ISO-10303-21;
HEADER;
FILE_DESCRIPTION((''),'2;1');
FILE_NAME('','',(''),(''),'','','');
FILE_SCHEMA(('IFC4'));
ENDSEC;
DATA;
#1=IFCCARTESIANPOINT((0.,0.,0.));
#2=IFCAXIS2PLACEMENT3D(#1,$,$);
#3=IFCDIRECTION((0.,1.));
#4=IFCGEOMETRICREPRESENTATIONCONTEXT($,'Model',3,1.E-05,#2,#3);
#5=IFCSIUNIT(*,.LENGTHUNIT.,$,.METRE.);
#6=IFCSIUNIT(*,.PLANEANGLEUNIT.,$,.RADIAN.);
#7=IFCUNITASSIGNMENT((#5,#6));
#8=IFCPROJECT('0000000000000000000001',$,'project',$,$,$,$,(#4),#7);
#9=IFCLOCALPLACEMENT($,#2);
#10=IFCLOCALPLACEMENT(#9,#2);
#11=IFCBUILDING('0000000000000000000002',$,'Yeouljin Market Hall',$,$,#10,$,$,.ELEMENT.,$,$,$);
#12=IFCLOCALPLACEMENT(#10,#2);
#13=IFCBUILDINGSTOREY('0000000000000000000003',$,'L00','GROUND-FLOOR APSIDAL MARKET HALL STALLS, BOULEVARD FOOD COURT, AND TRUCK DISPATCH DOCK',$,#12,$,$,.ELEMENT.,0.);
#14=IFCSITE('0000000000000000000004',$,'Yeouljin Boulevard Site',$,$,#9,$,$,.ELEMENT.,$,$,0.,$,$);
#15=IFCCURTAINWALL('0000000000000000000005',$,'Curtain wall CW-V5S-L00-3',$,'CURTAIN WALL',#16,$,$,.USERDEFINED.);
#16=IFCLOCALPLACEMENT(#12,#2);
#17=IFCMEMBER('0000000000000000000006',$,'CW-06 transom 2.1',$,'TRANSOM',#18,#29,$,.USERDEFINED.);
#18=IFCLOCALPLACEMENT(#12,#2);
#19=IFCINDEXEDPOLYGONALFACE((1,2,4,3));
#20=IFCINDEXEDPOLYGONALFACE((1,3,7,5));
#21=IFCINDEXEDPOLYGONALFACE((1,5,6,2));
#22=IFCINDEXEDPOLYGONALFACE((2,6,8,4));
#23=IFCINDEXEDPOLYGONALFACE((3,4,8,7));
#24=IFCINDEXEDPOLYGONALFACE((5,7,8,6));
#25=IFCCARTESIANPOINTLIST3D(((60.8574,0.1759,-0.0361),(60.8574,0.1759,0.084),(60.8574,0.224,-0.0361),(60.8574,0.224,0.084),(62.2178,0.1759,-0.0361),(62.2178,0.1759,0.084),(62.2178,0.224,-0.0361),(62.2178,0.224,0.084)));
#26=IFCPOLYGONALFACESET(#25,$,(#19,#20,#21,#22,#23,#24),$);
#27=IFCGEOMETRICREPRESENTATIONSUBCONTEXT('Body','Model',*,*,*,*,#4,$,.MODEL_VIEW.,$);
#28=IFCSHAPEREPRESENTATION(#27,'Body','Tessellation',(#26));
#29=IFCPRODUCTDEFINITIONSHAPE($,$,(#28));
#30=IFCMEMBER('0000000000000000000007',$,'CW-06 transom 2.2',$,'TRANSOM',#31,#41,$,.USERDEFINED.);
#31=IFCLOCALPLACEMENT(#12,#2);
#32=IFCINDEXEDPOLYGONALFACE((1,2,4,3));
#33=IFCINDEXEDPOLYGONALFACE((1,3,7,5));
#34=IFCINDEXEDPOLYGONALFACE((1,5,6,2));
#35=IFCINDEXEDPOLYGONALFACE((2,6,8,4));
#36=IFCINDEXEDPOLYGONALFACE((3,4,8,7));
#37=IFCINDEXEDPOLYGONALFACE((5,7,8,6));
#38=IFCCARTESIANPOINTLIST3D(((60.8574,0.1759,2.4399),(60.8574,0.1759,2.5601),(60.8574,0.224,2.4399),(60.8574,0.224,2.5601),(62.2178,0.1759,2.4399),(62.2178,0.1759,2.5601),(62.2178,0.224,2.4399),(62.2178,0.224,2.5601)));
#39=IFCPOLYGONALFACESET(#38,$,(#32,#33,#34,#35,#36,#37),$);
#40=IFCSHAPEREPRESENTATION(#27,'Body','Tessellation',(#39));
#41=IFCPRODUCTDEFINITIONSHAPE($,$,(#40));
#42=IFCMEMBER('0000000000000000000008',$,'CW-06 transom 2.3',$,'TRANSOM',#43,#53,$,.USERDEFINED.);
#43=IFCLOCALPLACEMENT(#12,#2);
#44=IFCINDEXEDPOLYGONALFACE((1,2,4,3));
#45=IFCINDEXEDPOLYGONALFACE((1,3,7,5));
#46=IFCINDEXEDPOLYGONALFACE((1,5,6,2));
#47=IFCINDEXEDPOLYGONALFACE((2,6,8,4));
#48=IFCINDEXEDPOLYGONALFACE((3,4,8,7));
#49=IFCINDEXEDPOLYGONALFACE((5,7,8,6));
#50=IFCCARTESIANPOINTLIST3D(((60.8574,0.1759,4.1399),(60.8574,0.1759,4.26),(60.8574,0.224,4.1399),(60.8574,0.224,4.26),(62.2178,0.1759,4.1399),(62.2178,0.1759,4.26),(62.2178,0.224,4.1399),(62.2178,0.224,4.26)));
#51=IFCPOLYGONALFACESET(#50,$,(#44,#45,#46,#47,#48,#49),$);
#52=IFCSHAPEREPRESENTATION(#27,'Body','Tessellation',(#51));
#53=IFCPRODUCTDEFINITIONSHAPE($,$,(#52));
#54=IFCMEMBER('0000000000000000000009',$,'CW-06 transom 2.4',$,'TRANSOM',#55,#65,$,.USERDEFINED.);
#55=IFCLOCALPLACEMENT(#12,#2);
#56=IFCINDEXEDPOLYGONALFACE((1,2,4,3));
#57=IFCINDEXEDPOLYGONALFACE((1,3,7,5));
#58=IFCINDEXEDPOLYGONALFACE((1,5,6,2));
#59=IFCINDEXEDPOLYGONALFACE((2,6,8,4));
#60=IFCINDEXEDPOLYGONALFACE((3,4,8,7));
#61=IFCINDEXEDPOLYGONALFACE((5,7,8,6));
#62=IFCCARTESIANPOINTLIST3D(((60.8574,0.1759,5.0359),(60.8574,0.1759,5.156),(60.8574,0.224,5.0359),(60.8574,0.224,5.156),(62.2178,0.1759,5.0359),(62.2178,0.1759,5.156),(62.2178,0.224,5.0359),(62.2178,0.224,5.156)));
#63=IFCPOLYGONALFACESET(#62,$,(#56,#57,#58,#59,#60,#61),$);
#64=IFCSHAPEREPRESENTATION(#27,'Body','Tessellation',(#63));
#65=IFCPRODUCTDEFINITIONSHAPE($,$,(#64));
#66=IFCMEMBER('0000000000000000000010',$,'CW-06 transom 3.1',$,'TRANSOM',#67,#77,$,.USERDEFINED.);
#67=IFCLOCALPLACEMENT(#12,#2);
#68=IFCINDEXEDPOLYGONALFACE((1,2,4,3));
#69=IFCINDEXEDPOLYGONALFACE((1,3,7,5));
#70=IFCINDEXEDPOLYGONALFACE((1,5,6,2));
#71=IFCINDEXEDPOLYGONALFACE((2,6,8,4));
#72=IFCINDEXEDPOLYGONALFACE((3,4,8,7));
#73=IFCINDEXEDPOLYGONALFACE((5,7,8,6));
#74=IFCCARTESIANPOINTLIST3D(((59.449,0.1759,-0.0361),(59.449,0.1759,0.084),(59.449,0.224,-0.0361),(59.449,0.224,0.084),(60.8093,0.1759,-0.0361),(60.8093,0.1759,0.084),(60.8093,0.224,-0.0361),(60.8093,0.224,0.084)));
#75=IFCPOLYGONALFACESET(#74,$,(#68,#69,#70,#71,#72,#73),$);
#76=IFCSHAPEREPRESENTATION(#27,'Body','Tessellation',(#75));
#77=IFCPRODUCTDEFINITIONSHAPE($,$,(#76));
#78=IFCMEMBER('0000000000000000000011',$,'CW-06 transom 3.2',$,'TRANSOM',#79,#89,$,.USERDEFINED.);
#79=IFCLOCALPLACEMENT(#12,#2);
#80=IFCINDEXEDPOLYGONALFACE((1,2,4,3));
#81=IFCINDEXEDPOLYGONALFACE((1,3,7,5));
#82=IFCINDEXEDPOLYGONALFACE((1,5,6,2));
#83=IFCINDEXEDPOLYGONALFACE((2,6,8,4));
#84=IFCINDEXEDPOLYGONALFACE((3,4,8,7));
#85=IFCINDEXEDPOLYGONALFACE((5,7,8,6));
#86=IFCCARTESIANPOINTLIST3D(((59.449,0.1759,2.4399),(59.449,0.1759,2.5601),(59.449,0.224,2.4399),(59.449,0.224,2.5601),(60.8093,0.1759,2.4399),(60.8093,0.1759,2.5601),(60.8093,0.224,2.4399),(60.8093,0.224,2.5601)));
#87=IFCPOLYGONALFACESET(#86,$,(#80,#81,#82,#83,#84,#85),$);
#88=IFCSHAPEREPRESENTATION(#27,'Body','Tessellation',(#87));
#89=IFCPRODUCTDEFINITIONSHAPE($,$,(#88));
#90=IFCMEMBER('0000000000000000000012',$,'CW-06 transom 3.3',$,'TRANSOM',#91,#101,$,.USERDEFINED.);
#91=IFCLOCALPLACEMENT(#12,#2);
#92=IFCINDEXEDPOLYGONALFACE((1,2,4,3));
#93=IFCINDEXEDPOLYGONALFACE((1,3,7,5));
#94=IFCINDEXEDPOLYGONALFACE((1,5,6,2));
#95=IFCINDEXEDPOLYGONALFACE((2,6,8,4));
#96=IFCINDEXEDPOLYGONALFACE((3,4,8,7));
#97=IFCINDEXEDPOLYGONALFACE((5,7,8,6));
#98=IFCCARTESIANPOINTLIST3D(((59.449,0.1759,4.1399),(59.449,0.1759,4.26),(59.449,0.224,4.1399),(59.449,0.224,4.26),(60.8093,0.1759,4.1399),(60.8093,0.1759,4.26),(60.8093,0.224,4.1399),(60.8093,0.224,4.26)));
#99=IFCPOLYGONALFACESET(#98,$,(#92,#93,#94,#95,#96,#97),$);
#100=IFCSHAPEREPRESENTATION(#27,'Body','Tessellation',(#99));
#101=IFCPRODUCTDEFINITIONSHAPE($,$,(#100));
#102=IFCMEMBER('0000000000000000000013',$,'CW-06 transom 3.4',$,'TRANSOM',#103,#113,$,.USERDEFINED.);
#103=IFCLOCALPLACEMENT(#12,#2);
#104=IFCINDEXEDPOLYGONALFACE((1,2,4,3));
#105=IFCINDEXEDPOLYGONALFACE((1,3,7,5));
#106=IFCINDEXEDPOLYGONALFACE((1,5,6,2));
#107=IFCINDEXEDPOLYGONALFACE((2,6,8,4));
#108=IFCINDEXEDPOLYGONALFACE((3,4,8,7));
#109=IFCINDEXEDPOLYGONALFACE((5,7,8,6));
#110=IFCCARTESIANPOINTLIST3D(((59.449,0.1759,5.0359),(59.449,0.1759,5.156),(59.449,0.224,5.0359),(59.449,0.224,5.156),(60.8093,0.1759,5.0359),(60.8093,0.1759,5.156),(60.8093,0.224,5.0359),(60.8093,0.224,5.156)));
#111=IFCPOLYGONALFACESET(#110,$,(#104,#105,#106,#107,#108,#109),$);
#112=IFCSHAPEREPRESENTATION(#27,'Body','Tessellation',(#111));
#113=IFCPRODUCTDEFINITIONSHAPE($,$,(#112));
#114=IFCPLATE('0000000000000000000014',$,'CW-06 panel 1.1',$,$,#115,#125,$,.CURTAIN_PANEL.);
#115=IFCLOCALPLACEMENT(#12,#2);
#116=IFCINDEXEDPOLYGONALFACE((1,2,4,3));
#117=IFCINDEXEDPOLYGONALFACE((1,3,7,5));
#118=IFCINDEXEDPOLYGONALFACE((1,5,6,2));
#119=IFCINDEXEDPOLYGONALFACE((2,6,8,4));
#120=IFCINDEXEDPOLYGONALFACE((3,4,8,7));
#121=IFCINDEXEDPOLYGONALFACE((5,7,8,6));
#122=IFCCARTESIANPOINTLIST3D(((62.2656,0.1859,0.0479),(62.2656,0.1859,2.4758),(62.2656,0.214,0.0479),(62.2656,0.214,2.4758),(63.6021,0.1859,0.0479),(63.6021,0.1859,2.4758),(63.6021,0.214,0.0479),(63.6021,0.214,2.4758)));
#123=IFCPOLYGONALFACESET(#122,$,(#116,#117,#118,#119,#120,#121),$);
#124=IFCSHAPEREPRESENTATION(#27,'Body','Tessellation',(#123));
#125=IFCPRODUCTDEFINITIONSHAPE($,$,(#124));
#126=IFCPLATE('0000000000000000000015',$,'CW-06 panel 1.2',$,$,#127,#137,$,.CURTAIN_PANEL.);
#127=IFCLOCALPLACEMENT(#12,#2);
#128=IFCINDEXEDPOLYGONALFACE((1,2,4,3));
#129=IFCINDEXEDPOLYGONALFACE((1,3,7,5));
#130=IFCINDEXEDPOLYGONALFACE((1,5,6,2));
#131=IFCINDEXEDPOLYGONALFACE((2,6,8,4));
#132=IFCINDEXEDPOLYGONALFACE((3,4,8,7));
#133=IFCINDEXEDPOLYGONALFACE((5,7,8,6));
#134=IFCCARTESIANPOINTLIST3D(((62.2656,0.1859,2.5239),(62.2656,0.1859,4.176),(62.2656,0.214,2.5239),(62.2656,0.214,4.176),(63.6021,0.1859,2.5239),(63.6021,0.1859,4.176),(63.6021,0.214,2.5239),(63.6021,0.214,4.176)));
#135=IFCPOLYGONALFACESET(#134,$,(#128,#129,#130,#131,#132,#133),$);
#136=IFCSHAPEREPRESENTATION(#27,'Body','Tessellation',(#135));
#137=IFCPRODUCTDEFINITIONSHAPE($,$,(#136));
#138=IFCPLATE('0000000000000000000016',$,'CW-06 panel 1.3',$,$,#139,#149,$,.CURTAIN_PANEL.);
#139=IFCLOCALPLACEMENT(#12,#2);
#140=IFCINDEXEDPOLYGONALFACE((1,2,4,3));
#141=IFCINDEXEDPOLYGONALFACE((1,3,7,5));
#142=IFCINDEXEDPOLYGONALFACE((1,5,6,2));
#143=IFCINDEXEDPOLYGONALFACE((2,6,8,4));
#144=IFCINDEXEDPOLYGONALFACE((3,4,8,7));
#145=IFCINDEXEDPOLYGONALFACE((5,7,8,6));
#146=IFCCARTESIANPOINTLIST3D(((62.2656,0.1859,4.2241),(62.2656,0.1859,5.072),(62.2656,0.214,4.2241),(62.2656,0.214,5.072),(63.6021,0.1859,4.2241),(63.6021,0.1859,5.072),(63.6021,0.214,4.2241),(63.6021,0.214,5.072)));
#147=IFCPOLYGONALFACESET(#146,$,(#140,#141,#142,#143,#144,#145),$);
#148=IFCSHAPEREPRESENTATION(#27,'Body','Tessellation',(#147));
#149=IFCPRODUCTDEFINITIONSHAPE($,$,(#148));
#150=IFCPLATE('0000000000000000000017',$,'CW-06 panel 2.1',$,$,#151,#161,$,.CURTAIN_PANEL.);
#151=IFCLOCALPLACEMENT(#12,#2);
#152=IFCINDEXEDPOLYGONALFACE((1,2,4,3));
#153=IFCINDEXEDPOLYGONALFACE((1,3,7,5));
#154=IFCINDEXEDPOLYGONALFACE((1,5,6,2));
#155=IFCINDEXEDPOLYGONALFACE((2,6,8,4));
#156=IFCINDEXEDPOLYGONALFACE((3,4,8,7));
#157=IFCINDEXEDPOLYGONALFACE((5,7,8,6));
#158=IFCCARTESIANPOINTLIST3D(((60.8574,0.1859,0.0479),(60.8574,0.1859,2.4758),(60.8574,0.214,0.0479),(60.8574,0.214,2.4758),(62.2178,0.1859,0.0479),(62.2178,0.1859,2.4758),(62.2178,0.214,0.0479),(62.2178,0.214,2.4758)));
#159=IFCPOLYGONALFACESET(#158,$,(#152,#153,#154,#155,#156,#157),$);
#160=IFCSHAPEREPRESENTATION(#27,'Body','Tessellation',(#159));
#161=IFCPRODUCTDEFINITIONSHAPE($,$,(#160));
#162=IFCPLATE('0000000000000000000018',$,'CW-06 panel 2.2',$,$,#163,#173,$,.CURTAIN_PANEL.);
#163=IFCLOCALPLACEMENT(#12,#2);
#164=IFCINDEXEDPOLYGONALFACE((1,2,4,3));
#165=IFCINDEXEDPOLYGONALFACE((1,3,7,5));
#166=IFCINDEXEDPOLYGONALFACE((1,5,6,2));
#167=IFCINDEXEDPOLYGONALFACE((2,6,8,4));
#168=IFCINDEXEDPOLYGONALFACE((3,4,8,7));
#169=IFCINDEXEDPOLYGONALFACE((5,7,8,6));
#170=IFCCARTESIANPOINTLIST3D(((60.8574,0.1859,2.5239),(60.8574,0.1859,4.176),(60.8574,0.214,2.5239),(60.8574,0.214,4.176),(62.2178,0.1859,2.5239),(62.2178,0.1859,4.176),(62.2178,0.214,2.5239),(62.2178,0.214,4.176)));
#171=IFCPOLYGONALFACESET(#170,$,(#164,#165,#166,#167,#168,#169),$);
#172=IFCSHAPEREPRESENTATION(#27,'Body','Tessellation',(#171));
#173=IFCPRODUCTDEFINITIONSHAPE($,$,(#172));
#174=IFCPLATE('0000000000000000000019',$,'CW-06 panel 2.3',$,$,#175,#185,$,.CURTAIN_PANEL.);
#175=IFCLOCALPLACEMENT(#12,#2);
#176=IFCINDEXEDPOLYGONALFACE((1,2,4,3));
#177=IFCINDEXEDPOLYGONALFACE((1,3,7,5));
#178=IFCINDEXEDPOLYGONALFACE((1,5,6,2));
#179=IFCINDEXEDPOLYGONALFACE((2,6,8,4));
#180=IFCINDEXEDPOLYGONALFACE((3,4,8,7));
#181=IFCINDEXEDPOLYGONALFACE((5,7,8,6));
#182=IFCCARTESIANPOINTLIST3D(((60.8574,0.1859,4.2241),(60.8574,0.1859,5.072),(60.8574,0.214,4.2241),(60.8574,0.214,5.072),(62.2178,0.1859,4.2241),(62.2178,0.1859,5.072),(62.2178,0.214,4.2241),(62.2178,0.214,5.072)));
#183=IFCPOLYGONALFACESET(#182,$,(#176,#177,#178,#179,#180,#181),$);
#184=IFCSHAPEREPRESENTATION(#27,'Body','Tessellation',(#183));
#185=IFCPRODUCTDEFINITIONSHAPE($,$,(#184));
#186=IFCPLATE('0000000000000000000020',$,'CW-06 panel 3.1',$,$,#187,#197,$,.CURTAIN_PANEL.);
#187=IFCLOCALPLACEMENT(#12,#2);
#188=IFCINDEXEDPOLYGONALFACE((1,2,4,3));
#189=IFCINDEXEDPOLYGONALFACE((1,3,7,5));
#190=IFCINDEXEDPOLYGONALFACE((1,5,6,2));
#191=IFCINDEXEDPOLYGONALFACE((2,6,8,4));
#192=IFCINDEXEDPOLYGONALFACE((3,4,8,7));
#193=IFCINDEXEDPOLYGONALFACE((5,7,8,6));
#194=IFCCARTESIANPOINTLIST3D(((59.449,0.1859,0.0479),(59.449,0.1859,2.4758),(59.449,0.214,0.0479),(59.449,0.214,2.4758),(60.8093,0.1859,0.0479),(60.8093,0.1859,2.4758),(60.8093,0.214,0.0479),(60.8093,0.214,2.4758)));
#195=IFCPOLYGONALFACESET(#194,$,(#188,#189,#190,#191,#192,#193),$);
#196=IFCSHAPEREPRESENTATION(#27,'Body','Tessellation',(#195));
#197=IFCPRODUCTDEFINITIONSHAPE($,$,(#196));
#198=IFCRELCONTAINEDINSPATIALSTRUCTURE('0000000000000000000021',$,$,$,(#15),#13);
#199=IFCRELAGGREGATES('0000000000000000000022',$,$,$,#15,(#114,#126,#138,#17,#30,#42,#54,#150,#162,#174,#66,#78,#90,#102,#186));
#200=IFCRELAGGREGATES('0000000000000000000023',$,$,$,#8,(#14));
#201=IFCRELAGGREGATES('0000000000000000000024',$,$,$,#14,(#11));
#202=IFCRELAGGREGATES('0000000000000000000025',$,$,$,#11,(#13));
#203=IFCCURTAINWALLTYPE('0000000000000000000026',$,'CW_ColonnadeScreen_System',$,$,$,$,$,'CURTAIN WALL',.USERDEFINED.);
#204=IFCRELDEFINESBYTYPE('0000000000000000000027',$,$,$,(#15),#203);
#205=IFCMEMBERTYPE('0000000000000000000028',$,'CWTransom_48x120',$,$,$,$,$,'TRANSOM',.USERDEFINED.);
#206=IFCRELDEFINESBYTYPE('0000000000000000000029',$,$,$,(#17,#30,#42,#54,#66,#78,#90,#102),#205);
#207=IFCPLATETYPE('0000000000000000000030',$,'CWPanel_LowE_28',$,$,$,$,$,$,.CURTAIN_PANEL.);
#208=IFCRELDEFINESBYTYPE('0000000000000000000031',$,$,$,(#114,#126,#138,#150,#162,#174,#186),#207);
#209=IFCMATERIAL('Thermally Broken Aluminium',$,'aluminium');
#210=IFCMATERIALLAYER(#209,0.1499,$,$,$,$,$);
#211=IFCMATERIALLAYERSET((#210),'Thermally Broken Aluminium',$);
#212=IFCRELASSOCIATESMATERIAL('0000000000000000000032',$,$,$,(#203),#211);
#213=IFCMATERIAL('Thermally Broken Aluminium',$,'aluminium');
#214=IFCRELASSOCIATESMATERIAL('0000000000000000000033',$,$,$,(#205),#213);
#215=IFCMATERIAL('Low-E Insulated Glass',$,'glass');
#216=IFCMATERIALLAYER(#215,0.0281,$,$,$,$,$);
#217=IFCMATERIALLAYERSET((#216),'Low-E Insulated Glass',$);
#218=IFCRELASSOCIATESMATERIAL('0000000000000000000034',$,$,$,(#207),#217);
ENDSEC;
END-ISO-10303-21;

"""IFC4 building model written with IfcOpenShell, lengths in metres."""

from ifc_helpers import new_model, si_unit, direction, frame, origin, origin_2d, place, context, subcontext, project, spatial, rectangle, extrude, material, layer, layer_set, material_profile, profile_set, type_object, element, aggregate, save


model = new_model("IFC4")

# Units and contexts
model_context = context("Model", 3, precision=1e-05, world=origin(), true_north=direction((0.0, 1.0)))
body_context = subcontext(model_context, "Body", "Model", "MODEL_VIEW")
ifc_project = project(units=[si_unit("LENGTHUNIT", "METRE"), si_unit("PLANEANGLEUNIT", "RADIAN")], contexts=[model_context])

# Site, building, storey
site_placement = place(None, origin())
site = spatial("IfcSite", under=ifc_project, at=site_placement, Name="Yeouljin Boulevard Site", CompositionType="ELEMENT", RefElevation=0.0)
building_placement = place(site_placement, origin())
building = spatial("IfcBuilding", under=site, at=building_placement, Name="Yeouljin Market Hall", CompositionType="ELEMENT")
storey_placement = place(building_placement, origin())
storey = spatial("IfcBuildingStorey", under=building, at=storey_placement, Name="L00", Description="GROUND-FLOOR APSIDAL MARKET HALL STALLS, BOULEVARD FOOD COURT, AND TRUCK DISPATCH DOCK", CompositionType="ELEMENT", Elevation=0.0)

# Curtain wall, members, plates
ifc_material_1 = material(Name="Thermally Broken Aluminium", Category="aluminium")
ifc_layer_1 = layer(ifc_material_1, 0.1499)
ifc_layer_set_1 = layer_set([ifc_layer_1], Name="Thermally Broken Aluminium")
curtain_wall_type = type_object("IfcCurtainWallType", Name="CW_ColonnadeScreen_System", ElementType="CURTAIN WALL", PredefinedType="USERDEFINED", material=ifc_layer_set_1)
curtain_wall_placement = place(storey_placement, origin())
curtain_wall = element("IfcCurtainWall", 1, at=curtain_wall_placement, inside=storey, type_object=curtain_wall_type, Name="Curtain wall CW-V5S-L00-3", ObjectType="CURTAIN WALL", PredefinedType="USERDEFINED")
ifc_material_2 = material(Name="Thermally Broken Aluminium", Category="aluminium")
ifc_material_profile_1 = material_profile(ifc_material_2, rectangle(XDim=0.0481, YDim=0.1201, at=origin_2d()), Name="CW-TRAN-48x120")
ifc_profile_set_1 = profile_set([ifc_material_profile_1], Name="Thermally Broken Aluminium")
member_type_1 = type_object("IfcMemberType", Name="CWTransom_48x120", ElementType="TRANSOM", PredefinedType="USERDEFINED", material=ifc_profile_set_1)
member_1_placement = place(storey_placement, frame((62.2178, 0.2, 0.0239), z_axis=(-1.0, 0.0, 0.0), x_axis=(0.0, -1.0, 0.0)))
member_1 = element("IfcMember", 2, at=member_1_placement, type_object=member_type_1, Name="CW-06 transom 2.1", ObjectType="TRANSOM", PredefinedType="USERDEFINED", context=body_context, shape_type="SweptSolid", body=[
    extrude(rectangle(XDim=0.0481, YDim=0.1201, at=origin_2d()), origin(), (0.0, 0.0, 1.0), 1.3604),
])
member_2_placement = place(storey_placement, frame((62.2178, 0.2, 2.5), z_axis=(-1.0, 0.0, 0.0), x_axis=(0.0, -1.0, 0.0)))
member_2 = element("IfcMember", 3, at=member_2_placement, type_object=member_type_1, Name="CW-06 transom 2.2", ObjectType="TRANSOM", PredefinedType="USERDEFINED", context=body_context, shape_type="SweptSolid", body=[
    extrude(rectangle(XDim=0.0481, YDim=0.1201, at=origin_2d()), origin(), (0.0, 0.0, 1.0), 1.3604),
])
member_3_placement = place(storey_placement, frame((62.2178, 0.2, 4.2), z_axis=(-1.0, 0.0, 0.0), x_axis=(0.0, -1.0, 0.0)))
member_3 = element("IfcMember", 4, at=member_3_placement, type_object=member_type_1, Name="CW-06 transom 2.3", ObjectType="TRANSOM", PredefinedType="USERDEFINED", context=body_context, shape_type="SweptSolid", body=[
    extrude(rectangle(XDim=0.0481, YDim=0.1201, at=origin_2d()), origin(), (0.0, 0.0, 1.0), 1.3604),
])
member_4_placement = place(storey_placement, frame((62.2178, 0.2, 5.0959), z_axis=(-1.0, 0.0, 0.0), x_axis=(0.0, -1.0, 0.0)))
member_4 = element("IfcMember", 5, at=member_4_placement, type_object=member_type_1, Name="CW-06 transom 2.4", ObjectType="TRANSOM", PredefinedType="USERDEFINED", context=body_context, shape_type="SweptSolid", body=[
    extrude(rectangle(XDim=0.0481, YDim=0.1201, at=origin_2d()), origin(), (0.0, 0.0, 1.0), 1.3604),
])
member_5_placement = place(storey_placement, frame((60.8093, 0.2, 0.0239), z_axis=(-1.0, 0.0, 0.0), x_axis=(0.0, -1.0, 0.0)))
member_5 = element("IfcMember", 6, at=member_5_placement, type_object=member_type_1, Name="CW-06 transom 3.1", ObjectType="TRANSOM", PredefinedType="USERDEFINED", context=body_context, shape_type="SweptSolid", body=[
    extrude(rectangle(XDim=0.0481, YDim=0.1201, at=origin_2d()), origin(), (0.0, 0.0, 1.0), 1.3604),
])
member_6_placement = place(storey_placement, frame((60.8093, 0.2, 2.5), z_axis=(-1.0, 0.0, 0.0), x_axis=(0.0, -1.0, 0.0)))
member_6 = element("IfcMember", 7, at=member_6_placement, type_object=member_type_1, Name="CW-06 transom 3.2", ObjectType="TRANSOM", PredefinedType="USERDEFINED", context=body_context, shape_type="SweptSolid", body=[
    extrude(rectangle(XDim=0.0481, YDim=0.1201, at=origin_2d()), origin(), (0.0, 0.0, 1.0), 1.3604),
])
member_7_placement = place(storey_placement, frame((60.8093, 0.2, 4.2), z_axis=(-1.0, 0.0, 0.0), x_axis=(0.0, -1.0, 0.0)))
member_7 = element("IfcMember", 8, at=member_7_placement, type_object=member_type_1, Name="CW-06 transom 3.3", ObjectType="TRANSOM", PredefinedType="USERDEFINED", context=body_context, shape_type="SweptSolid", body=[
    extrude(rectangle(XDim=0.0481, YDim=0.1201, at=origin_2d()), origin(), (0.0, 0.0, 1.0), 1.3604),
])
member_8_placement = place(storey_placement, frame((60.8093, 0.2, 5.0959), z_axis=(-1.0, 0.0, 0.0), x_axis=(0.0, -1.0, 0.0)))
member_8 = element("IfcMember", 9, at=member_8_placement, type_object=member_type_1, Name="CW-06 transom 3.4", ObjectType="TRANSOM", PredefinedType="USERDEFINED", context=body_context, shape_type="SweptSolid", body=[
    extrude(rectangle(XDim=0.0481, YDim=0.1201, at=origin_2d()), origin(), (0.0, 0.0, 1.0), 1.3604),
])
ifc_material_3 = material(Name="Low-E Insulated Glass", Category="glass")
ifc_layer_2 = layer(ifc_material_3, 0.0281)
ifc_layer_set_2 = layer_set([ifc_layer_2], Name="Low-E Insulated Glass")
plate_type = type_object("IfcPlateType", Name="CWPanel_LowE_28", PredefinedType="CURTAIN_PANEL", material=ifc_layer_set_2)
plate_1_placement = place(storey_placement, frame((62.9338, 0.2, 0.0479), z_axis=(0.0, 0.0, 1.0), x_axis=(-1.0, 0.0, 0.0)))
plate_1 = element("IfcPlate", 10, at=plate_1_placement, type_object=plate_type, Name="CW-06 panel 1.1", PredefinedType="CURTAIN_PANEL", context=body_context, shape_type="SweptSolid", body=[
    extrude(rectangle(XDim=1.3364, YDim=0.0281, at=origin_2d()), origin(), (0.0, 0.0, 1.0), 2.428),
])
plate_2_placement = place(storey_placement, frame((62.9338, 0.2, 2.5239), z_axis=(0.0, 0.0, 1.0), x_axis=(-1.0, 0.0, 0.0)))
plate_2 = element("IfcPlate", 11, at=plate_2_placement, type_object=plate_type, Name="CW-06 panel 1.2", PredefinedType="CURTAIN_PANEL", context=body_context, shape_type="SweptSolid", body=[
    extrude(rectangle(XDim=1.3364, YDim=0.0281, at=origin_2d()), origin(), (0.0, 0.0, 1.0), 1.6521),
])
plate_3_placement = place(storey_placement, frame((62.9338, 0.2, 4.2241), z_axis=(0.0, 0.0, 1.0), x_axis=(-1.0, 0.0, 0.0)))
plate_3 = element("IfcPlate", 12, at=plate_3_placement, type_object=plate_type, Name="CW-06 panel 1.3", PredefinedType="CURTAIN_PANEL", context=body_context, shape_type="SweptSolid", body=[
    extrude(rectangle(XDim=1.3364, YDim=0.0281, at=origin_2d()), origin(), (0.0, 0.0, 1.0), 0.8479),
])
plate_4_placement = place(storey_placement, frame((61.5376, 0.2, 0.0479), z_axis=(0.0, 0.0, 1.0), x_axis=(-1.0, 0.0, 0.0)))
plate_4 = element("IfcPlate", 13, at=plate_4_placement, type_object=plate_type, Name="CW-06 panel 2.1", PredefinedType="CURTAIN_PANEL", context=body_context, shape_type="SweptSolid", body=[
    extrude(rectangle(XDim=1.3604, YDim=0.0281, at=origin_2d()), origin(), (0.0, 0.0, 1.0), 2.428),
])
plate_5_placement = place(storey_placement, frame((61.5376, 0.2, 2.5239), z_axis=(0.0, 0.0, 1.0), x_axis=(-1.0, 0.0, 0.0)))
plate_5 = element("IfcPlate", 14, at=plate_5_placement, type_object=plate_type, Name="CW-06 panel 2.2", PredefinedType="CURTAIN_PANEL", context=body_context, shape_type="SweptSolid", body=[
    extrude(rectangle(XDim=1.3604, YDim=0.0281, at=origin_2d()), origin(), (0.0, 0.0, 1.0), 1.6521),
])
plate_6_placement = place(storey_placement, frame((61.5376, 0.2, 4.2241), z_axis=(0.0, 0.0, 1.0), x_axis=(-1.0, 0.0, 0.0)))
plate_6 = element("IfcPlate", 15, at=plate_6_placement, type_object=plate_type, Name="CW-06 panel 2.3", PredefinedType="CURTAIN_PANEL", context=body_context, shape_type="SweptSolid", body=[
    extrude(rectangle(XDim=1.3604, YDim=0.0281, at=origin_2d()), origin(), (0.0, 0.0, 1.0), 0.8479),
])
plate_7_placement = place(storey_placement, frame((60.1292, 0.2, 0.0479), z_axis=(0.0, 0.0, 1.0), x_axis=(-1.0, 0.0, 0.0)))
plate_7 = element("IfcPlate", 16, at=plate_7_placement, type_object=plate_type, Name="CW-06 panel 3.1", PredefinedType="CURTAIN_PANEL", context=body_context, shape_type="SweptSolid", body=[
    extrude(rectangle(XDim=1.3604, YDim=0.0281, at=origin_2d()), origin(), (0.0, 0.0, 1.0), 2.428),
])
aggregate(curtain_wall, [plate_1, plate_2, plate_3, member_1, member_2, member_3, member_4, plate_4, plate_5, plate_6, member_5, member_6, member_7, member_8, plate_7])

save(model, "model.ifc")
